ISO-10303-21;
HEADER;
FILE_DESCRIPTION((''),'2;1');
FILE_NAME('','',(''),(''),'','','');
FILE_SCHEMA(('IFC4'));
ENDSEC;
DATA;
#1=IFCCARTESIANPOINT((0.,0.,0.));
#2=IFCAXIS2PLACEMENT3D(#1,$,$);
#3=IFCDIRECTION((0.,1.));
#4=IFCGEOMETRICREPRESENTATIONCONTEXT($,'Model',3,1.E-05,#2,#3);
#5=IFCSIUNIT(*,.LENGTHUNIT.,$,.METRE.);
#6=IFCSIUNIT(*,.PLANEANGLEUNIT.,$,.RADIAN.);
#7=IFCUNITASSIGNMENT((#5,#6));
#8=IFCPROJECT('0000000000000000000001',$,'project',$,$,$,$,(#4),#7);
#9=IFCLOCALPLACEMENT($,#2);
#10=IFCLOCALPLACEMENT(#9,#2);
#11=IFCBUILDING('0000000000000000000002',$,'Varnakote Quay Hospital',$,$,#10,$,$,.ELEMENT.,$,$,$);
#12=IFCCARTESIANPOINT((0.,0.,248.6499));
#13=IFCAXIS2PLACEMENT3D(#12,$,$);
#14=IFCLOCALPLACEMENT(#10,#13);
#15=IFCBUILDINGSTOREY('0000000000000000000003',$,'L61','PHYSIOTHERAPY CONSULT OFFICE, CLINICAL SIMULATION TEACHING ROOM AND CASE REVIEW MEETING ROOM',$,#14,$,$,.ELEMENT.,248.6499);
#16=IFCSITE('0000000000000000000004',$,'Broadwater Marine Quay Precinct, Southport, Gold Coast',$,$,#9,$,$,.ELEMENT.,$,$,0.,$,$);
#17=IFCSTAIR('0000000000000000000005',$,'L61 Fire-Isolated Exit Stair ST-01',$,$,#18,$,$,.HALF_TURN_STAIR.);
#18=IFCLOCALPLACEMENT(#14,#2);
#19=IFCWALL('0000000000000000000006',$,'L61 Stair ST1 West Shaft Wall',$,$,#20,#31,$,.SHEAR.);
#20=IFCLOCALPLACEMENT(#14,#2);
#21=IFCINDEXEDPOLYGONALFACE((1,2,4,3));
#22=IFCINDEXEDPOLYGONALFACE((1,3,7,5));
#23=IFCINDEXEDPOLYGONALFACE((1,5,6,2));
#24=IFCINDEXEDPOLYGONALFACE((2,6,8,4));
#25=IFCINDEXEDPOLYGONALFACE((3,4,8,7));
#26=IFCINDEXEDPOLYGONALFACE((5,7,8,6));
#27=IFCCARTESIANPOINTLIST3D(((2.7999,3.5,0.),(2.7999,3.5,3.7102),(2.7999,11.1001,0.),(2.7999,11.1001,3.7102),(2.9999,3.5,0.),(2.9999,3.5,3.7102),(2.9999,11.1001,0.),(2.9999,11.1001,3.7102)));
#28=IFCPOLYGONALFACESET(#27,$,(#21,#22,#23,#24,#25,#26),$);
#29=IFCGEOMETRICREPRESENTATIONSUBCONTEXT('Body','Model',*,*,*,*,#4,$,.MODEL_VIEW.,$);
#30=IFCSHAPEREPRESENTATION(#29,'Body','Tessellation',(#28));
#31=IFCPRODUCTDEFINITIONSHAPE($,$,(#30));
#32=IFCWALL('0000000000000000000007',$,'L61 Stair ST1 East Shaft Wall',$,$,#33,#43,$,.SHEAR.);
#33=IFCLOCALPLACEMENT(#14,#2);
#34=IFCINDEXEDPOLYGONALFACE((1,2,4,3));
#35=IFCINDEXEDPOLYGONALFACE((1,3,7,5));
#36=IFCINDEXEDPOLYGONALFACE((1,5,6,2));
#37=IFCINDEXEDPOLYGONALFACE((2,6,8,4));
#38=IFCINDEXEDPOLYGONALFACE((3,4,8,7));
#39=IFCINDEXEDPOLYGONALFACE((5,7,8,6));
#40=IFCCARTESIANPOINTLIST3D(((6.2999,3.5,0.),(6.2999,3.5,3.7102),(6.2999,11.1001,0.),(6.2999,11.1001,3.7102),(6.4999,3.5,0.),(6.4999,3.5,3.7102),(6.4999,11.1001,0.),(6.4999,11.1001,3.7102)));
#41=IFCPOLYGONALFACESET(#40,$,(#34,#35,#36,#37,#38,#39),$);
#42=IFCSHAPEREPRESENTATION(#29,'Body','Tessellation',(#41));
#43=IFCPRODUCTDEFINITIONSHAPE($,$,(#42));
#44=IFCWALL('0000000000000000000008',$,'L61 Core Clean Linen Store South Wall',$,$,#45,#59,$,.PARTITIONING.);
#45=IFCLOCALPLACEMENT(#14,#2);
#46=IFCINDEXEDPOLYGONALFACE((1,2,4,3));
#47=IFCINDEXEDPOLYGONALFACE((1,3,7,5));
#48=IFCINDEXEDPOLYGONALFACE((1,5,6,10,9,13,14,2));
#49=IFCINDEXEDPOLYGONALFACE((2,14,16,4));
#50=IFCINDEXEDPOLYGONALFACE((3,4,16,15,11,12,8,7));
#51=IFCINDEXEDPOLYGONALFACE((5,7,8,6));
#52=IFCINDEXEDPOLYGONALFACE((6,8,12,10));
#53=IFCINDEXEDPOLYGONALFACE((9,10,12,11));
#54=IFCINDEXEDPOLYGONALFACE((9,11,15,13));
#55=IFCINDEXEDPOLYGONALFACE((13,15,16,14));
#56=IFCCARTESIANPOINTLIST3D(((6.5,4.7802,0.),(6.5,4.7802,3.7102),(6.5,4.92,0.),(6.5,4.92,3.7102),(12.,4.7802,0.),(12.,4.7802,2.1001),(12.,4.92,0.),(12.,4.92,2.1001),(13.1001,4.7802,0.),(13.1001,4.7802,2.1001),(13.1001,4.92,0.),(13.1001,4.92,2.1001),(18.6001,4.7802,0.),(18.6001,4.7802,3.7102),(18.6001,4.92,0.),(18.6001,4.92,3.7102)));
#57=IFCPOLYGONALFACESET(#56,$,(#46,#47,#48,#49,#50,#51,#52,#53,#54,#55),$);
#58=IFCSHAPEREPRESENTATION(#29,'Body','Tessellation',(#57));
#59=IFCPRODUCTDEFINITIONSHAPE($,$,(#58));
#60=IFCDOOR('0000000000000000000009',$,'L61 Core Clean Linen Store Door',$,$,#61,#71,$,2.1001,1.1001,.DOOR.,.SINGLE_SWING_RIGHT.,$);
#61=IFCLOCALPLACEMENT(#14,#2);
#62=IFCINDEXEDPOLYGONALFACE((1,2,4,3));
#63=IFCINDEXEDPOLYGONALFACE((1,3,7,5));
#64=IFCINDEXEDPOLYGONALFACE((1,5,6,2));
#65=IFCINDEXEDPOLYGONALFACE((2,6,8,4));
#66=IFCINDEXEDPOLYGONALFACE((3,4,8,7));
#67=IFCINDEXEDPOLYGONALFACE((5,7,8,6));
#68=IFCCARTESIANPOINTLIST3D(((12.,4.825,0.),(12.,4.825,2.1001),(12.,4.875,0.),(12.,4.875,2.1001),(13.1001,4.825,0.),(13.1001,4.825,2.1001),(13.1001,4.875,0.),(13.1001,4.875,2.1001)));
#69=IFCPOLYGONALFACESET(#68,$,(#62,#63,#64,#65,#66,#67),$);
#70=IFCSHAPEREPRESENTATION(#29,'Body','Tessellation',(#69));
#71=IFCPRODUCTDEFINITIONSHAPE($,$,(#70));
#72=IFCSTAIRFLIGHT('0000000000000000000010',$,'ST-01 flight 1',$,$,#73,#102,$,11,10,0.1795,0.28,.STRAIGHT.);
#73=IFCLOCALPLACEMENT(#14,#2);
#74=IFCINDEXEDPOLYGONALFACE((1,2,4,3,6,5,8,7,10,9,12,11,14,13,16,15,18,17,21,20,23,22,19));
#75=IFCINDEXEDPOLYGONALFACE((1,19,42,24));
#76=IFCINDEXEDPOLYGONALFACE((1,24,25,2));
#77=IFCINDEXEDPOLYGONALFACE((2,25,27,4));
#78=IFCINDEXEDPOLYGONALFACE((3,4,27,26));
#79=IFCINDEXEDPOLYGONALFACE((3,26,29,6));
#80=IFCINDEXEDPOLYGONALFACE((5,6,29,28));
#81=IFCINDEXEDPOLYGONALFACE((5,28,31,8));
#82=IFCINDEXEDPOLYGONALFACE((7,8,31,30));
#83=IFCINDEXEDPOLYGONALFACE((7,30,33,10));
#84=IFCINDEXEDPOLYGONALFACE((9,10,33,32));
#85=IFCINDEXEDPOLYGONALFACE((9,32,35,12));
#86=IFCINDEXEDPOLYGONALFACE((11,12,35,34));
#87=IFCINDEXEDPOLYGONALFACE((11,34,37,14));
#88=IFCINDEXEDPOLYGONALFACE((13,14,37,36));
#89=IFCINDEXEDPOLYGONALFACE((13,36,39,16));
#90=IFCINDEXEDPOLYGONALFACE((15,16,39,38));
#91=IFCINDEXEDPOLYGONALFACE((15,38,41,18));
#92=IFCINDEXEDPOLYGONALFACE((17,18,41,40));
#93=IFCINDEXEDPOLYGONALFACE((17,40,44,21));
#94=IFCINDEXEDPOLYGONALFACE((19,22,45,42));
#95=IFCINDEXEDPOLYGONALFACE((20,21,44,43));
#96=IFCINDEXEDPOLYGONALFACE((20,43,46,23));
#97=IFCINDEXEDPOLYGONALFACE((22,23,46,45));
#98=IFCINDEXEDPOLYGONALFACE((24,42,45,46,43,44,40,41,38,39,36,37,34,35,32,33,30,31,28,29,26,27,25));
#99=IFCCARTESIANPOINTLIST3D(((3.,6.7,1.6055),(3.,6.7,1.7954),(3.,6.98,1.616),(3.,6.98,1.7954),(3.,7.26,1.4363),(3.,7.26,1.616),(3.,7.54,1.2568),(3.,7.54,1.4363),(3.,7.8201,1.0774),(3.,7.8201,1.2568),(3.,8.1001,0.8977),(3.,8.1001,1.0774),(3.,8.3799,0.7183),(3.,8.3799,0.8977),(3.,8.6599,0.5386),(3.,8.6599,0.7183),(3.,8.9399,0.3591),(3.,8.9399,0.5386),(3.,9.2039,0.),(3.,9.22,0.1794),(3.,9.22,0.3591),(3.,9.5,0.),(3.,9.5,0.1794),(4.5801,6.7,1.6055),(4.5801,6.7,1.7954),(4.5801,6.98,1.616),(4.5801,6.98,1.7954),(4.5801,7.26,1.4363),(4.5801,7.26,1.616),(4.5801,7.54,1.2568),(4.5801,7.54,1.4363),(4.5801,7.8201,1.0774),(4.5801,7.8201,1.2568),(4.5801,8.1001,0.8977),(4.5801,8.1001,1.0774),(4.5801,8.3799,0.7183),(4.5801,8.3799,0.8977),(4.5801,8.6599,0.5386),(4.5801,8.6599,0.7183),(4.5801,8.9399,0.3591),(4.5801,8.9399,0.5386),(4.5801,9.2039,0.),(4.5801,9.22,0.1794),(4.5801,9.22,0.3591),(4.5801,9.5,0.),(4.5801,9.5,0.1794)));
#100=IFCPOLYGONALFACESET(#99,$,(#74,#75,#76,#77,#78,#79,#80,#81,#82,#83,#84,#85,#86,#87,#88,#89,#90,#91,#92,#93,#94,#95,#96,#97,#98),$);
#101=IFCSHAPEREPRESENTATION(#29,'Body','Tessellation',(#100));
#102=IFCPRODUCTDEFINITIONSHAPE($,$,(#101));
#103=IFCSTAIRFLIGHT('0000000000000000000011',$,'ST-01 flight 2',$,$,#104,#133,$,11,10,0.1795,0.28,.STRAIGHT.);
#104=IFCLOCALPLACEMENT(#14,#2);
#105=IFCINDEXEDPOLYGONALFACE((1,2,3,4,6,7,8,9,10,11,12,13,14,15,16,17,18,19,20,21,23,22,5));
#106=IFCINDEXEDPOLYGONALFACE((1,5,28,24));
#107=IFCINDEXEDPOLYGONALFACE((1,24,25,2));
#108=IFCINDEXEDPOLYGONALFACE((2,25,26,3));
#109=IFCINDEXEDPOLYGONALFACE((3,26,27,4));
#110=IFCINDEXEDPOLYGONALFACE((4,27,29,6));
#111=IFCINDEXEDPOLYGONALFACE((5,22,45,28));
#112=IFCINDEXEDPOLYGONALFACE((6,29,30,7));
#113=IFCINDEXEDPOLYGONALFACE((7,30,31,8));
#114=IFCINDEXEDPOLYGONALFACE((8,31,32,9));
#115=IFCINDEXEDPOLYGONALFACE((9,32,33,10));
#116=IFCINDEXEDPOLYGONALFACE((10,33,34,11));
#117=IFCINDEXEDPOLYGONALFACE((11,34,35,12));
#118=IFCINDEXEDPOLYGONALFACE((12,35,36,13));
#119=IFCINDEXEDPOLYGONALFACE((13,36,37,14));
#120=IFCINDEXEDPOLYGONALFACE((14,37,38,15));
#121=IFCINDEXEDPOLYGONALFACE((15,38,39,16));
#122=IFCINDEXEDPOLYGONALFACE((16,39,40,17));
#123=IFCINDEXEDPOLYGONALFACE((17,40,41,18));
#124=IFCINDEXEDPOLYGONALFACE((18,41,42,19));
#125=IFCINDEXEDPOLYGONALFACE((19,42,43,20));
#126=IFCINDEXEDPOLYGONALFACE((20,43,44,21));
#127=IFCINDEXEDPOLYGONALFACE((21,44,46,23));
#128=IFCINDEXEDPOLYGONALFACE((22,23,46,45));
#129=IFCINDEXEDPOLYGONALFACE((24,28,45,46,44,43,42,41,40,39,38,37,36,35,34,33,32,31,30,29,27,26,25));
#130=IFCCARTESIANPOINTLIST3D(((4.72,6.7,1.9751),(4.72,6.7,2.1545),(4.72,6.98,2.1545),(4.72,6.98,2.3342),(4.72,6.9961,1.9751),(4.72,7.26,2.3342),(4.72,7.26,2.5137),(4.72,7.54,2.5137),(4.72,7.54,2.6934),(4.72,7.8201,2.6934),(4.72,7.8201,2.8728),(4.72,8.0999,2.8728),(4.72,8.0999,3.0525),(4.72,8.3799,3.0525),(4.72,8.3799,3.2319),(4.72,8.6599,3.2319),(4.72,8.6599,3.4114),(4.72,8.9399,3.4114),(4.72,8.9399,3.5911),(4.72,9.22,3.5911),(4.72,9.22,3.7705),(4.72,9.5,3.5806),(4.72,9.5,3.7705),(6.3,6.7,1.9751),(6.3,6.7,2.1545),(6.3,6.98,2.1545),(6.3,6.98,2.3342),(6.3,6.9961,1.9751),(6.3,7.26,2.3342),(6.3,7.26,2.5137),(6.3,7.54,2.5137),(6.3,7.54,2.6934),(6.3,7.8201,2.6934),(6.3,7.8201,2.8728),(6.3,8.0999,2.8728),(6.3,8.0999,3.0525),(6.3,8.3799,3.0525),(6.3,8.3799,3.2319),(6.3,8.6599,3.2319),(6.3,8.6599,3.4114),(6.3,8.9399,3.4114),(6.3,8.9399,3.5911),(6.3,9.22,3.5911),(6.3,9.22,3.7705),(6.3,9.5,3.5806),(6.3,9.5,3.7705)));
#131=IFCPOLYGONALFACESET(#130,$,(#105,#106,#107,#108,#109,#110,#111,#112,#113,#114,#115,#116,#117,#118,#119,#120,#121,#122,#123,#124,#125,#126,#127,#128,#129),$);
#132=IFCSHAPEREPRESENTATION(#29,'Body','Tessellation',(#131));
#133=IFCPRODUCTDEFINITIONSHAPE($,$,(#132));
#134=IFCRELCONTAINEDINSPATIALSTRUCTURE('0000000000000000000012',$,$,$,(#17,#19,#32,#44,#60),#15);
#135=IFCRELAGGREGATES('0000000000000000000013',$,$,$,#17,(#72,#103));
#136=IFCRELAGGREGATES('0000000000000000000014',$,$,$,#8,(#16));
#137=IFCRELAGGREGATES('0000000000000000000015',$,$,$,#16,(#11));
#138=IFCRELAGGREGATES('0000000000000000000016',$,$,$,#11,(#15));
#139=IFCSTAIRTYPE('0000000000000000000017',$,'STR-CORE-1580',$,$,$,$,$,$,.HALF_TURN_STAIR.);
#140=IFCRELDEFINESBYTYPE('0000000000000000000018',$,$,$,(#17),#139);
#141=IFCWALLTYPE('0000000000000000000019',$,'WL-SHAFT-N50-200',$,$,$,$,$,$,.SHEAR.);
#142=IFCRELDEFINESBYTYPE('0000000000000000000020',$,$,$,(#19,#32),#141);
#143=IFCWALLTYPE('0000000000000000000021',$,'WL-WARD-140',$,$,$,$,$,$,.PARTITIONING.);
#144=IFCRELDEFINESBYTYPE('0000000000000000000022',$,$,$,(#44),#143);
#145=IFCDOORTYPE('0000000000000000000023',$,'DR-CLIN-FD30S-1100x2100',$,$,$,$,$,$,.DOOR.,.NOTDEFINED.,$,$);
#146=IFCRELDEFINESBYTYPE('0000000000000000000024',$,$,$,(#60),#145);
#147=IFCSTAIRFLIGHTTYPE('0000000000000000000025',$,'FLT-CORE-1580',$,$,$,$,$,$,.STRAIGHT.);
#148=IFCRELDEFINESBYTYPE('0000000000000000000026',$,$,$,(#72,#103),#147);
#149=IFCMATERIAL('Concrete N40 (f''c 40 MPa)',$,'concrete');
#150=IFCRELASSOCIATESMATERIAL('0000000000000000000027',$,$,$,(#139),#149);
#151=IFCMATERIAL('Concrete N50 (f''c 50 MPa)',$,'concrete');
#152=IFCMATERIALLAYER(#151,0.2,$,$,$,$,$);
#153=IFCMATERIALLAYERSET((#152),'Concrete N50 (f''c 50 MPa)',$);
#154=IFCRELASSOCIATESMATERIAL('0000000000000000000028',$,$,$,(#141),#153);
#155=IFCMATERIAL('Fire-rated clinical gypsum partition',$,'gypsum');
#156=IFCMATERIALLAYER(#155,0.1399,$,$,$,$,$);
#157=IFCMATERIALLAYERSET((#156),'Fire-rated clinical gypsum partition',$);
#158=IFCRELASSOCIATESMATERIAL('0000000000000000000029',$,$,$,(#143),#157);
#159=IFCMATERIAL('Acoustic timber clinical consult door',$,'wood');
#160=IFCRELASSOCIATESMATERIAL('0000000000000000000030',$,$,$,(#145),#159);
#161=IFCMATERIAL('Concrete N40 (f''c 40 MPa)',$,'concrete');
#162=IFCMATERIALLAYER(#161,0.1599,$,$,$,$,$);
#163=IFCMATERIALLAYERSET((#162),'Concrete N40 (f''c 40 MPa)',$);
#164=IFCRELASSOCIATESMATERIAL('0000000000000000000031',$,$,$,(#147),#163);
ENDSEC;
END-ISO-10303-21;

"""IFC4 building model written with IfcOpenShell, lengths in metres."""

from ifc_helpers import new_model, si_unit, direction, frame, frame_2d, origin, place, context, subcontext, project, spatial, polyline, rectangle, outline, extrude, material, layer, layer_set, type_object, element, fill, aggregate, save


model = new_model("IFC4")

# Units and contexts
model_context = context("Model", 3, precision=1e-05, world=origin(), true_north=direction((0.0, 1.0)))
body_context = subcontext(model_context, "Body", "Model", "MODEL_VIEW")
ifc_project = project(units=[si_unit("LENGTHUNIT", "METRE"), si_unit("PLANEANGLEUNIT", "RADIAN")], contexts=[model_context])

# Site, building, storey
site_placement = place(None, origin())
site = spatial("IfcSite", under=ifc_project, at=site_placement, Name="Broadwater Marine Quay Precinct, Southport, Gold Coast", CompositionType="ELEMENT", RefElevation=0.0)
building_placement = place(site_placement, origin())
building = spatial("IfcBuilding", under=site, at=building_placement, Name="Varnakote Quay Hospital", CompositionType="ELEMENT")
storey_placement = place(building_placement, frame((0.0, 0.0, 248.6499)))
storey = spatial("IfcBuildingStorey", under=building, at=storey_placement, Name="L61", Description="PHYSIOTHERAPY CONSULT OFFICE, CLINICAL SIMULATION TEACHING ROOM AND CASE REVIEW MEETING ROOM", CompositionType="ELEMENT", Elevation=248.6499)

# Stair
ifc_material_1 = material(Name="Concrete N40 (f'c 40 MPa)", Category="concrete")
stair_type = type_object("IfcStairType", Name="STR-CORE-1580", PredefinedType="HALF_TURN_STAIR", material=ifc_material_1)
stair_1_placement = place(storey_placement, origin())
stair_1 = element("IfcStair", 1, at=stair_1_placement, inside=storey, type_object=stair_type, Name="L61 Fire-Isolated Exit Stair ST-01", PredefinedType="HALF_TURN_STAIR")

# Walls
ifc_material_2 = material(Name="Concrete N50 (f'c 50 MPa)", Category="concrete")
ifc_layer_1 = layer(ifc_material_2, 0.2)
ifc_layer_set_1 = layer_set([ifc_layer_1], Name="Concrete N50 (f'c 50 MPa)")
wall_type_1 = type_object("IfcWallType", Name="WL-SHAFT-N50-200", PredefinedType="SHEAR", material=ifc_layer_set_1)
for number, where, z_axis, x_axis, name in (
    (2, (2.8999, 3.5, 0.0), (0.0, 0.0, 1.0), (0.0, 1.0, 0.0), "L61 Stair ST1 West Shaft Wall"),
    (3, (6.3999, 3.5, 0.0), (0.0, 0.0, 1.0), (0.0, 1.0, 0.0), "L61 Stair ST1 East Shaft Wall"),
):
    element("IfcWall", number, at=place(storey_placement, frame(where, z_axis=z_axis, x_axis=x_axis)), inside=storey, type_object=wall_type_1, Name=name, PredefinedType="SHEAR", context=body_context, shape_type="SweptSolid", body=[
        extrude(rectangle(XDim=7.6001, YDim=0.2, at=frame_2d((3.8, 0.0))), origin(), (0.0, 0.0, 1.0), 3.7102),
    ])

# Wall, opening, door
ifc_material_3 = material(Name="Fire-rated clinical gypsum partition", Category="gypsum")
ifc_layer_2 = layer(ifc_material_3, 0.1399)
ifc_layer_set_2 = layer_set([ifc_layer_2], Name="Fire-rated clinical gypsum partition")
wall_type_2 = type_object("IfcWallType", Name="WL-WARD-140", PredefinedType="PARTITIONING", material=ifc_layer_set_2)
wall_1_placement = place(storey_placement, frame((6.5, 4.8501, 0.0), z_axis=(0.0, 0.0, 1.0), x_axis=(1.0, 0.0, 0.0)))
wall_1 = element("IfcWall", 4, at=wall_1_placement, inside=storey, type_object=wall_type_2, Name="L61 Core Clean Linen Store South Wall", PredefinedType="PARTITIONING", context=body_context, shape_type="SweptSolid", body=[
    extrude(rectangle(XDim=12.1001, YDim=0.1399, at=frame_2d((6.05, 0.0))), origin(), (0.0, 0.0, 1.0), 3.7102),
])
opening_1_placement = place(wall_1_placement, frame((5.5, 0.0, 0.0)))
opening_1 = element("IfcOpeningElement", 5, at=opening_1_placement, cuts=wall_1, PredefinedType="OPENING", context=body_context, shape_type="SweptSolid", body=[
    extrude(rectangle(XDim=1.1001, YDim=2.1001, at=frame_2d((0.55, 1.05))), frame((0.0, 0.0798, 0.0), z_axis=(0.0, -1.0, 0.0), x_axis=(1.0, 0.0, 0.0)), (0.0, 0.0, 1.0), 0.1599),
])
ifc_material_4 = material(Name="Acoustic timber clinical consult door", Category="wood")
door_type_1 = type_object("IfcDoorType", Name="DR-CLIN-FD30S-1100x2100", OperationType="NOTDEFINED", PredefinedType="DOOR", material=ifc_material_4)
door_1_placement = place(opening_1_placement, origin())
door_1 = element("IfcDoor", 6, at=door_1_placement, inside=storey, type_object=door_type_1, Name="L61 Core Clean Linen Store Door", OperationType="SINGLE_SWING_RIGHT", OverallHeight=2.1001, OverallWidth=1.1001, PredefinedType="DOOR", context=body_context, shape_type="SweptSolid", body=[
    extrude(rectangle(XDim=1.1001, YDim=2.1001, at=frame_2d((0.55, 1.05))), frame((0.0, 0.0249, 0.0), z_axis=(0.0, -1.0, 0.0), x_axis=(1.0, 0.0, 0.0)), (0.0, 0.0, 1.0), 0.05),
])
fill(opening_1, door_1)

# Stair flights
ifc_material_5 = material(Name="Concrete N40 (f'c 40 MPa)", Category="concrete")
ifc_layer_3 = layer(ifc_material_5, 0.1599)
ifc_layer_set_3 = layer_set([ifc_layer_3], Name="Concrete N40 (f'c 40 MPa)")
stair_flight_type = type_object("IfcStairFlightType", Name="FLT-CORE-1580", PredefinedType="STRAIGHT", material=ifc_layer_set_3)
stair_flight_1_placement = place(storey_placement, frame((3.79, 9.5, 0.0), z_axis=(0.0, 0.0, 1.0), x_axis=(0.0, -1.0, 0.0)))
stair_flight_1 = element("IfcStairFlight", 7, at=stair_flight_1_placement, type_object=stair_flight_type, Name="ST-01 flight 1", NumberOfRisers=11, NumberOfTreads=10, PredefinedType="STRAIGHT", RiserHeight=0.1795, TreadLength=0.28, context=body_context, shape_type="SweptSolid", body=[
    extrude(outline(polyline([(0.0, 0.0), (0.0, 0.1794), (0.28, 0.1794), (0.28, 0.3591), (0.5601, 0.3591), (0.5601, 0.5386), (0.8401, 0.5386), (0.8401, 0.7183), (1.1201, 0.7183), (1.1201, 0.8977), (1.3999, 0.8977), (1.3999, 1.0774), (1.6799, 1.0774), (1.6799, 1.2568), (1.96, 1.2568), (1.96, 1.4363), (2.24, 1.4363), (2.24, 1.616), (2.52, 1.616), (2.52, 1.7954), (2.8, 1.7954), (2.8, 1.9751), (2.8, 1.6055), (0.2961, 0.0), (0.0, 0.0)])), frame((0.0, 0.79, 0.0), z_axis=(0.0, -1.0, 0.0), x_axis=(1.0, 0.0, 0.0)), (0.0, 0.0, 1.0), 1.5801),
])
stair_flight_2_placement = place(storey_placement, frame((5.51, 6.7, 1.9751), z_axis=(0.0, 0.0, 1.0), x_axis=(0.0, 1.0, 0.0)))
stair_flight_2 = element("IfcStairFlight", 8, at=stair_flight_2_placement, type_object=stair_flight_type, Name="ST-01 flight 2", NumberOfRisers=11, NumberOfTreads=10, PredefinedType="STRAIGHT", RiserHeight=0.1795, TreadLength=0.28, context=body_context, shape_type="SweptSolid", body=[
    extrude(outline(polyline([(0.0, 0.0), (0.0, 0.1794), (0.28, 0.1794), (0.28, 0.3591), (0.5601, 0.3591), (0.5601, 0.5386), (0.8401, 0.5386), (0.8401, 0.7183), (1.1201, 0.7183), (1.1201, 0.8977), (1.3999, 0.8977), (1.3999, 1.0774), (1.6799, 1.0774), (1.6799, 1.2568), (1.96, 1.2568), (1.96, 1.4363), (2.24, 1.4363), (2.24, 1.616), (2.52, 1.616), (2.52, 1.7954), (2.8, 1.7954), (2.8, 1.9751), (2.8, 1.6055), (0.2961, 0.0), (0.0, 0.0)])), frame((0.0, 0.79, 0.0), z_axis=(0.0, -1.0, 0.0), x_axis=(1.0, 0.0, 0.0)), (0.0, 0.0, 1.0), 1.5801),
])
aggregate(stair_1, [stair_flight_1, stair_flight_2])

save(model, "model.ifc")
